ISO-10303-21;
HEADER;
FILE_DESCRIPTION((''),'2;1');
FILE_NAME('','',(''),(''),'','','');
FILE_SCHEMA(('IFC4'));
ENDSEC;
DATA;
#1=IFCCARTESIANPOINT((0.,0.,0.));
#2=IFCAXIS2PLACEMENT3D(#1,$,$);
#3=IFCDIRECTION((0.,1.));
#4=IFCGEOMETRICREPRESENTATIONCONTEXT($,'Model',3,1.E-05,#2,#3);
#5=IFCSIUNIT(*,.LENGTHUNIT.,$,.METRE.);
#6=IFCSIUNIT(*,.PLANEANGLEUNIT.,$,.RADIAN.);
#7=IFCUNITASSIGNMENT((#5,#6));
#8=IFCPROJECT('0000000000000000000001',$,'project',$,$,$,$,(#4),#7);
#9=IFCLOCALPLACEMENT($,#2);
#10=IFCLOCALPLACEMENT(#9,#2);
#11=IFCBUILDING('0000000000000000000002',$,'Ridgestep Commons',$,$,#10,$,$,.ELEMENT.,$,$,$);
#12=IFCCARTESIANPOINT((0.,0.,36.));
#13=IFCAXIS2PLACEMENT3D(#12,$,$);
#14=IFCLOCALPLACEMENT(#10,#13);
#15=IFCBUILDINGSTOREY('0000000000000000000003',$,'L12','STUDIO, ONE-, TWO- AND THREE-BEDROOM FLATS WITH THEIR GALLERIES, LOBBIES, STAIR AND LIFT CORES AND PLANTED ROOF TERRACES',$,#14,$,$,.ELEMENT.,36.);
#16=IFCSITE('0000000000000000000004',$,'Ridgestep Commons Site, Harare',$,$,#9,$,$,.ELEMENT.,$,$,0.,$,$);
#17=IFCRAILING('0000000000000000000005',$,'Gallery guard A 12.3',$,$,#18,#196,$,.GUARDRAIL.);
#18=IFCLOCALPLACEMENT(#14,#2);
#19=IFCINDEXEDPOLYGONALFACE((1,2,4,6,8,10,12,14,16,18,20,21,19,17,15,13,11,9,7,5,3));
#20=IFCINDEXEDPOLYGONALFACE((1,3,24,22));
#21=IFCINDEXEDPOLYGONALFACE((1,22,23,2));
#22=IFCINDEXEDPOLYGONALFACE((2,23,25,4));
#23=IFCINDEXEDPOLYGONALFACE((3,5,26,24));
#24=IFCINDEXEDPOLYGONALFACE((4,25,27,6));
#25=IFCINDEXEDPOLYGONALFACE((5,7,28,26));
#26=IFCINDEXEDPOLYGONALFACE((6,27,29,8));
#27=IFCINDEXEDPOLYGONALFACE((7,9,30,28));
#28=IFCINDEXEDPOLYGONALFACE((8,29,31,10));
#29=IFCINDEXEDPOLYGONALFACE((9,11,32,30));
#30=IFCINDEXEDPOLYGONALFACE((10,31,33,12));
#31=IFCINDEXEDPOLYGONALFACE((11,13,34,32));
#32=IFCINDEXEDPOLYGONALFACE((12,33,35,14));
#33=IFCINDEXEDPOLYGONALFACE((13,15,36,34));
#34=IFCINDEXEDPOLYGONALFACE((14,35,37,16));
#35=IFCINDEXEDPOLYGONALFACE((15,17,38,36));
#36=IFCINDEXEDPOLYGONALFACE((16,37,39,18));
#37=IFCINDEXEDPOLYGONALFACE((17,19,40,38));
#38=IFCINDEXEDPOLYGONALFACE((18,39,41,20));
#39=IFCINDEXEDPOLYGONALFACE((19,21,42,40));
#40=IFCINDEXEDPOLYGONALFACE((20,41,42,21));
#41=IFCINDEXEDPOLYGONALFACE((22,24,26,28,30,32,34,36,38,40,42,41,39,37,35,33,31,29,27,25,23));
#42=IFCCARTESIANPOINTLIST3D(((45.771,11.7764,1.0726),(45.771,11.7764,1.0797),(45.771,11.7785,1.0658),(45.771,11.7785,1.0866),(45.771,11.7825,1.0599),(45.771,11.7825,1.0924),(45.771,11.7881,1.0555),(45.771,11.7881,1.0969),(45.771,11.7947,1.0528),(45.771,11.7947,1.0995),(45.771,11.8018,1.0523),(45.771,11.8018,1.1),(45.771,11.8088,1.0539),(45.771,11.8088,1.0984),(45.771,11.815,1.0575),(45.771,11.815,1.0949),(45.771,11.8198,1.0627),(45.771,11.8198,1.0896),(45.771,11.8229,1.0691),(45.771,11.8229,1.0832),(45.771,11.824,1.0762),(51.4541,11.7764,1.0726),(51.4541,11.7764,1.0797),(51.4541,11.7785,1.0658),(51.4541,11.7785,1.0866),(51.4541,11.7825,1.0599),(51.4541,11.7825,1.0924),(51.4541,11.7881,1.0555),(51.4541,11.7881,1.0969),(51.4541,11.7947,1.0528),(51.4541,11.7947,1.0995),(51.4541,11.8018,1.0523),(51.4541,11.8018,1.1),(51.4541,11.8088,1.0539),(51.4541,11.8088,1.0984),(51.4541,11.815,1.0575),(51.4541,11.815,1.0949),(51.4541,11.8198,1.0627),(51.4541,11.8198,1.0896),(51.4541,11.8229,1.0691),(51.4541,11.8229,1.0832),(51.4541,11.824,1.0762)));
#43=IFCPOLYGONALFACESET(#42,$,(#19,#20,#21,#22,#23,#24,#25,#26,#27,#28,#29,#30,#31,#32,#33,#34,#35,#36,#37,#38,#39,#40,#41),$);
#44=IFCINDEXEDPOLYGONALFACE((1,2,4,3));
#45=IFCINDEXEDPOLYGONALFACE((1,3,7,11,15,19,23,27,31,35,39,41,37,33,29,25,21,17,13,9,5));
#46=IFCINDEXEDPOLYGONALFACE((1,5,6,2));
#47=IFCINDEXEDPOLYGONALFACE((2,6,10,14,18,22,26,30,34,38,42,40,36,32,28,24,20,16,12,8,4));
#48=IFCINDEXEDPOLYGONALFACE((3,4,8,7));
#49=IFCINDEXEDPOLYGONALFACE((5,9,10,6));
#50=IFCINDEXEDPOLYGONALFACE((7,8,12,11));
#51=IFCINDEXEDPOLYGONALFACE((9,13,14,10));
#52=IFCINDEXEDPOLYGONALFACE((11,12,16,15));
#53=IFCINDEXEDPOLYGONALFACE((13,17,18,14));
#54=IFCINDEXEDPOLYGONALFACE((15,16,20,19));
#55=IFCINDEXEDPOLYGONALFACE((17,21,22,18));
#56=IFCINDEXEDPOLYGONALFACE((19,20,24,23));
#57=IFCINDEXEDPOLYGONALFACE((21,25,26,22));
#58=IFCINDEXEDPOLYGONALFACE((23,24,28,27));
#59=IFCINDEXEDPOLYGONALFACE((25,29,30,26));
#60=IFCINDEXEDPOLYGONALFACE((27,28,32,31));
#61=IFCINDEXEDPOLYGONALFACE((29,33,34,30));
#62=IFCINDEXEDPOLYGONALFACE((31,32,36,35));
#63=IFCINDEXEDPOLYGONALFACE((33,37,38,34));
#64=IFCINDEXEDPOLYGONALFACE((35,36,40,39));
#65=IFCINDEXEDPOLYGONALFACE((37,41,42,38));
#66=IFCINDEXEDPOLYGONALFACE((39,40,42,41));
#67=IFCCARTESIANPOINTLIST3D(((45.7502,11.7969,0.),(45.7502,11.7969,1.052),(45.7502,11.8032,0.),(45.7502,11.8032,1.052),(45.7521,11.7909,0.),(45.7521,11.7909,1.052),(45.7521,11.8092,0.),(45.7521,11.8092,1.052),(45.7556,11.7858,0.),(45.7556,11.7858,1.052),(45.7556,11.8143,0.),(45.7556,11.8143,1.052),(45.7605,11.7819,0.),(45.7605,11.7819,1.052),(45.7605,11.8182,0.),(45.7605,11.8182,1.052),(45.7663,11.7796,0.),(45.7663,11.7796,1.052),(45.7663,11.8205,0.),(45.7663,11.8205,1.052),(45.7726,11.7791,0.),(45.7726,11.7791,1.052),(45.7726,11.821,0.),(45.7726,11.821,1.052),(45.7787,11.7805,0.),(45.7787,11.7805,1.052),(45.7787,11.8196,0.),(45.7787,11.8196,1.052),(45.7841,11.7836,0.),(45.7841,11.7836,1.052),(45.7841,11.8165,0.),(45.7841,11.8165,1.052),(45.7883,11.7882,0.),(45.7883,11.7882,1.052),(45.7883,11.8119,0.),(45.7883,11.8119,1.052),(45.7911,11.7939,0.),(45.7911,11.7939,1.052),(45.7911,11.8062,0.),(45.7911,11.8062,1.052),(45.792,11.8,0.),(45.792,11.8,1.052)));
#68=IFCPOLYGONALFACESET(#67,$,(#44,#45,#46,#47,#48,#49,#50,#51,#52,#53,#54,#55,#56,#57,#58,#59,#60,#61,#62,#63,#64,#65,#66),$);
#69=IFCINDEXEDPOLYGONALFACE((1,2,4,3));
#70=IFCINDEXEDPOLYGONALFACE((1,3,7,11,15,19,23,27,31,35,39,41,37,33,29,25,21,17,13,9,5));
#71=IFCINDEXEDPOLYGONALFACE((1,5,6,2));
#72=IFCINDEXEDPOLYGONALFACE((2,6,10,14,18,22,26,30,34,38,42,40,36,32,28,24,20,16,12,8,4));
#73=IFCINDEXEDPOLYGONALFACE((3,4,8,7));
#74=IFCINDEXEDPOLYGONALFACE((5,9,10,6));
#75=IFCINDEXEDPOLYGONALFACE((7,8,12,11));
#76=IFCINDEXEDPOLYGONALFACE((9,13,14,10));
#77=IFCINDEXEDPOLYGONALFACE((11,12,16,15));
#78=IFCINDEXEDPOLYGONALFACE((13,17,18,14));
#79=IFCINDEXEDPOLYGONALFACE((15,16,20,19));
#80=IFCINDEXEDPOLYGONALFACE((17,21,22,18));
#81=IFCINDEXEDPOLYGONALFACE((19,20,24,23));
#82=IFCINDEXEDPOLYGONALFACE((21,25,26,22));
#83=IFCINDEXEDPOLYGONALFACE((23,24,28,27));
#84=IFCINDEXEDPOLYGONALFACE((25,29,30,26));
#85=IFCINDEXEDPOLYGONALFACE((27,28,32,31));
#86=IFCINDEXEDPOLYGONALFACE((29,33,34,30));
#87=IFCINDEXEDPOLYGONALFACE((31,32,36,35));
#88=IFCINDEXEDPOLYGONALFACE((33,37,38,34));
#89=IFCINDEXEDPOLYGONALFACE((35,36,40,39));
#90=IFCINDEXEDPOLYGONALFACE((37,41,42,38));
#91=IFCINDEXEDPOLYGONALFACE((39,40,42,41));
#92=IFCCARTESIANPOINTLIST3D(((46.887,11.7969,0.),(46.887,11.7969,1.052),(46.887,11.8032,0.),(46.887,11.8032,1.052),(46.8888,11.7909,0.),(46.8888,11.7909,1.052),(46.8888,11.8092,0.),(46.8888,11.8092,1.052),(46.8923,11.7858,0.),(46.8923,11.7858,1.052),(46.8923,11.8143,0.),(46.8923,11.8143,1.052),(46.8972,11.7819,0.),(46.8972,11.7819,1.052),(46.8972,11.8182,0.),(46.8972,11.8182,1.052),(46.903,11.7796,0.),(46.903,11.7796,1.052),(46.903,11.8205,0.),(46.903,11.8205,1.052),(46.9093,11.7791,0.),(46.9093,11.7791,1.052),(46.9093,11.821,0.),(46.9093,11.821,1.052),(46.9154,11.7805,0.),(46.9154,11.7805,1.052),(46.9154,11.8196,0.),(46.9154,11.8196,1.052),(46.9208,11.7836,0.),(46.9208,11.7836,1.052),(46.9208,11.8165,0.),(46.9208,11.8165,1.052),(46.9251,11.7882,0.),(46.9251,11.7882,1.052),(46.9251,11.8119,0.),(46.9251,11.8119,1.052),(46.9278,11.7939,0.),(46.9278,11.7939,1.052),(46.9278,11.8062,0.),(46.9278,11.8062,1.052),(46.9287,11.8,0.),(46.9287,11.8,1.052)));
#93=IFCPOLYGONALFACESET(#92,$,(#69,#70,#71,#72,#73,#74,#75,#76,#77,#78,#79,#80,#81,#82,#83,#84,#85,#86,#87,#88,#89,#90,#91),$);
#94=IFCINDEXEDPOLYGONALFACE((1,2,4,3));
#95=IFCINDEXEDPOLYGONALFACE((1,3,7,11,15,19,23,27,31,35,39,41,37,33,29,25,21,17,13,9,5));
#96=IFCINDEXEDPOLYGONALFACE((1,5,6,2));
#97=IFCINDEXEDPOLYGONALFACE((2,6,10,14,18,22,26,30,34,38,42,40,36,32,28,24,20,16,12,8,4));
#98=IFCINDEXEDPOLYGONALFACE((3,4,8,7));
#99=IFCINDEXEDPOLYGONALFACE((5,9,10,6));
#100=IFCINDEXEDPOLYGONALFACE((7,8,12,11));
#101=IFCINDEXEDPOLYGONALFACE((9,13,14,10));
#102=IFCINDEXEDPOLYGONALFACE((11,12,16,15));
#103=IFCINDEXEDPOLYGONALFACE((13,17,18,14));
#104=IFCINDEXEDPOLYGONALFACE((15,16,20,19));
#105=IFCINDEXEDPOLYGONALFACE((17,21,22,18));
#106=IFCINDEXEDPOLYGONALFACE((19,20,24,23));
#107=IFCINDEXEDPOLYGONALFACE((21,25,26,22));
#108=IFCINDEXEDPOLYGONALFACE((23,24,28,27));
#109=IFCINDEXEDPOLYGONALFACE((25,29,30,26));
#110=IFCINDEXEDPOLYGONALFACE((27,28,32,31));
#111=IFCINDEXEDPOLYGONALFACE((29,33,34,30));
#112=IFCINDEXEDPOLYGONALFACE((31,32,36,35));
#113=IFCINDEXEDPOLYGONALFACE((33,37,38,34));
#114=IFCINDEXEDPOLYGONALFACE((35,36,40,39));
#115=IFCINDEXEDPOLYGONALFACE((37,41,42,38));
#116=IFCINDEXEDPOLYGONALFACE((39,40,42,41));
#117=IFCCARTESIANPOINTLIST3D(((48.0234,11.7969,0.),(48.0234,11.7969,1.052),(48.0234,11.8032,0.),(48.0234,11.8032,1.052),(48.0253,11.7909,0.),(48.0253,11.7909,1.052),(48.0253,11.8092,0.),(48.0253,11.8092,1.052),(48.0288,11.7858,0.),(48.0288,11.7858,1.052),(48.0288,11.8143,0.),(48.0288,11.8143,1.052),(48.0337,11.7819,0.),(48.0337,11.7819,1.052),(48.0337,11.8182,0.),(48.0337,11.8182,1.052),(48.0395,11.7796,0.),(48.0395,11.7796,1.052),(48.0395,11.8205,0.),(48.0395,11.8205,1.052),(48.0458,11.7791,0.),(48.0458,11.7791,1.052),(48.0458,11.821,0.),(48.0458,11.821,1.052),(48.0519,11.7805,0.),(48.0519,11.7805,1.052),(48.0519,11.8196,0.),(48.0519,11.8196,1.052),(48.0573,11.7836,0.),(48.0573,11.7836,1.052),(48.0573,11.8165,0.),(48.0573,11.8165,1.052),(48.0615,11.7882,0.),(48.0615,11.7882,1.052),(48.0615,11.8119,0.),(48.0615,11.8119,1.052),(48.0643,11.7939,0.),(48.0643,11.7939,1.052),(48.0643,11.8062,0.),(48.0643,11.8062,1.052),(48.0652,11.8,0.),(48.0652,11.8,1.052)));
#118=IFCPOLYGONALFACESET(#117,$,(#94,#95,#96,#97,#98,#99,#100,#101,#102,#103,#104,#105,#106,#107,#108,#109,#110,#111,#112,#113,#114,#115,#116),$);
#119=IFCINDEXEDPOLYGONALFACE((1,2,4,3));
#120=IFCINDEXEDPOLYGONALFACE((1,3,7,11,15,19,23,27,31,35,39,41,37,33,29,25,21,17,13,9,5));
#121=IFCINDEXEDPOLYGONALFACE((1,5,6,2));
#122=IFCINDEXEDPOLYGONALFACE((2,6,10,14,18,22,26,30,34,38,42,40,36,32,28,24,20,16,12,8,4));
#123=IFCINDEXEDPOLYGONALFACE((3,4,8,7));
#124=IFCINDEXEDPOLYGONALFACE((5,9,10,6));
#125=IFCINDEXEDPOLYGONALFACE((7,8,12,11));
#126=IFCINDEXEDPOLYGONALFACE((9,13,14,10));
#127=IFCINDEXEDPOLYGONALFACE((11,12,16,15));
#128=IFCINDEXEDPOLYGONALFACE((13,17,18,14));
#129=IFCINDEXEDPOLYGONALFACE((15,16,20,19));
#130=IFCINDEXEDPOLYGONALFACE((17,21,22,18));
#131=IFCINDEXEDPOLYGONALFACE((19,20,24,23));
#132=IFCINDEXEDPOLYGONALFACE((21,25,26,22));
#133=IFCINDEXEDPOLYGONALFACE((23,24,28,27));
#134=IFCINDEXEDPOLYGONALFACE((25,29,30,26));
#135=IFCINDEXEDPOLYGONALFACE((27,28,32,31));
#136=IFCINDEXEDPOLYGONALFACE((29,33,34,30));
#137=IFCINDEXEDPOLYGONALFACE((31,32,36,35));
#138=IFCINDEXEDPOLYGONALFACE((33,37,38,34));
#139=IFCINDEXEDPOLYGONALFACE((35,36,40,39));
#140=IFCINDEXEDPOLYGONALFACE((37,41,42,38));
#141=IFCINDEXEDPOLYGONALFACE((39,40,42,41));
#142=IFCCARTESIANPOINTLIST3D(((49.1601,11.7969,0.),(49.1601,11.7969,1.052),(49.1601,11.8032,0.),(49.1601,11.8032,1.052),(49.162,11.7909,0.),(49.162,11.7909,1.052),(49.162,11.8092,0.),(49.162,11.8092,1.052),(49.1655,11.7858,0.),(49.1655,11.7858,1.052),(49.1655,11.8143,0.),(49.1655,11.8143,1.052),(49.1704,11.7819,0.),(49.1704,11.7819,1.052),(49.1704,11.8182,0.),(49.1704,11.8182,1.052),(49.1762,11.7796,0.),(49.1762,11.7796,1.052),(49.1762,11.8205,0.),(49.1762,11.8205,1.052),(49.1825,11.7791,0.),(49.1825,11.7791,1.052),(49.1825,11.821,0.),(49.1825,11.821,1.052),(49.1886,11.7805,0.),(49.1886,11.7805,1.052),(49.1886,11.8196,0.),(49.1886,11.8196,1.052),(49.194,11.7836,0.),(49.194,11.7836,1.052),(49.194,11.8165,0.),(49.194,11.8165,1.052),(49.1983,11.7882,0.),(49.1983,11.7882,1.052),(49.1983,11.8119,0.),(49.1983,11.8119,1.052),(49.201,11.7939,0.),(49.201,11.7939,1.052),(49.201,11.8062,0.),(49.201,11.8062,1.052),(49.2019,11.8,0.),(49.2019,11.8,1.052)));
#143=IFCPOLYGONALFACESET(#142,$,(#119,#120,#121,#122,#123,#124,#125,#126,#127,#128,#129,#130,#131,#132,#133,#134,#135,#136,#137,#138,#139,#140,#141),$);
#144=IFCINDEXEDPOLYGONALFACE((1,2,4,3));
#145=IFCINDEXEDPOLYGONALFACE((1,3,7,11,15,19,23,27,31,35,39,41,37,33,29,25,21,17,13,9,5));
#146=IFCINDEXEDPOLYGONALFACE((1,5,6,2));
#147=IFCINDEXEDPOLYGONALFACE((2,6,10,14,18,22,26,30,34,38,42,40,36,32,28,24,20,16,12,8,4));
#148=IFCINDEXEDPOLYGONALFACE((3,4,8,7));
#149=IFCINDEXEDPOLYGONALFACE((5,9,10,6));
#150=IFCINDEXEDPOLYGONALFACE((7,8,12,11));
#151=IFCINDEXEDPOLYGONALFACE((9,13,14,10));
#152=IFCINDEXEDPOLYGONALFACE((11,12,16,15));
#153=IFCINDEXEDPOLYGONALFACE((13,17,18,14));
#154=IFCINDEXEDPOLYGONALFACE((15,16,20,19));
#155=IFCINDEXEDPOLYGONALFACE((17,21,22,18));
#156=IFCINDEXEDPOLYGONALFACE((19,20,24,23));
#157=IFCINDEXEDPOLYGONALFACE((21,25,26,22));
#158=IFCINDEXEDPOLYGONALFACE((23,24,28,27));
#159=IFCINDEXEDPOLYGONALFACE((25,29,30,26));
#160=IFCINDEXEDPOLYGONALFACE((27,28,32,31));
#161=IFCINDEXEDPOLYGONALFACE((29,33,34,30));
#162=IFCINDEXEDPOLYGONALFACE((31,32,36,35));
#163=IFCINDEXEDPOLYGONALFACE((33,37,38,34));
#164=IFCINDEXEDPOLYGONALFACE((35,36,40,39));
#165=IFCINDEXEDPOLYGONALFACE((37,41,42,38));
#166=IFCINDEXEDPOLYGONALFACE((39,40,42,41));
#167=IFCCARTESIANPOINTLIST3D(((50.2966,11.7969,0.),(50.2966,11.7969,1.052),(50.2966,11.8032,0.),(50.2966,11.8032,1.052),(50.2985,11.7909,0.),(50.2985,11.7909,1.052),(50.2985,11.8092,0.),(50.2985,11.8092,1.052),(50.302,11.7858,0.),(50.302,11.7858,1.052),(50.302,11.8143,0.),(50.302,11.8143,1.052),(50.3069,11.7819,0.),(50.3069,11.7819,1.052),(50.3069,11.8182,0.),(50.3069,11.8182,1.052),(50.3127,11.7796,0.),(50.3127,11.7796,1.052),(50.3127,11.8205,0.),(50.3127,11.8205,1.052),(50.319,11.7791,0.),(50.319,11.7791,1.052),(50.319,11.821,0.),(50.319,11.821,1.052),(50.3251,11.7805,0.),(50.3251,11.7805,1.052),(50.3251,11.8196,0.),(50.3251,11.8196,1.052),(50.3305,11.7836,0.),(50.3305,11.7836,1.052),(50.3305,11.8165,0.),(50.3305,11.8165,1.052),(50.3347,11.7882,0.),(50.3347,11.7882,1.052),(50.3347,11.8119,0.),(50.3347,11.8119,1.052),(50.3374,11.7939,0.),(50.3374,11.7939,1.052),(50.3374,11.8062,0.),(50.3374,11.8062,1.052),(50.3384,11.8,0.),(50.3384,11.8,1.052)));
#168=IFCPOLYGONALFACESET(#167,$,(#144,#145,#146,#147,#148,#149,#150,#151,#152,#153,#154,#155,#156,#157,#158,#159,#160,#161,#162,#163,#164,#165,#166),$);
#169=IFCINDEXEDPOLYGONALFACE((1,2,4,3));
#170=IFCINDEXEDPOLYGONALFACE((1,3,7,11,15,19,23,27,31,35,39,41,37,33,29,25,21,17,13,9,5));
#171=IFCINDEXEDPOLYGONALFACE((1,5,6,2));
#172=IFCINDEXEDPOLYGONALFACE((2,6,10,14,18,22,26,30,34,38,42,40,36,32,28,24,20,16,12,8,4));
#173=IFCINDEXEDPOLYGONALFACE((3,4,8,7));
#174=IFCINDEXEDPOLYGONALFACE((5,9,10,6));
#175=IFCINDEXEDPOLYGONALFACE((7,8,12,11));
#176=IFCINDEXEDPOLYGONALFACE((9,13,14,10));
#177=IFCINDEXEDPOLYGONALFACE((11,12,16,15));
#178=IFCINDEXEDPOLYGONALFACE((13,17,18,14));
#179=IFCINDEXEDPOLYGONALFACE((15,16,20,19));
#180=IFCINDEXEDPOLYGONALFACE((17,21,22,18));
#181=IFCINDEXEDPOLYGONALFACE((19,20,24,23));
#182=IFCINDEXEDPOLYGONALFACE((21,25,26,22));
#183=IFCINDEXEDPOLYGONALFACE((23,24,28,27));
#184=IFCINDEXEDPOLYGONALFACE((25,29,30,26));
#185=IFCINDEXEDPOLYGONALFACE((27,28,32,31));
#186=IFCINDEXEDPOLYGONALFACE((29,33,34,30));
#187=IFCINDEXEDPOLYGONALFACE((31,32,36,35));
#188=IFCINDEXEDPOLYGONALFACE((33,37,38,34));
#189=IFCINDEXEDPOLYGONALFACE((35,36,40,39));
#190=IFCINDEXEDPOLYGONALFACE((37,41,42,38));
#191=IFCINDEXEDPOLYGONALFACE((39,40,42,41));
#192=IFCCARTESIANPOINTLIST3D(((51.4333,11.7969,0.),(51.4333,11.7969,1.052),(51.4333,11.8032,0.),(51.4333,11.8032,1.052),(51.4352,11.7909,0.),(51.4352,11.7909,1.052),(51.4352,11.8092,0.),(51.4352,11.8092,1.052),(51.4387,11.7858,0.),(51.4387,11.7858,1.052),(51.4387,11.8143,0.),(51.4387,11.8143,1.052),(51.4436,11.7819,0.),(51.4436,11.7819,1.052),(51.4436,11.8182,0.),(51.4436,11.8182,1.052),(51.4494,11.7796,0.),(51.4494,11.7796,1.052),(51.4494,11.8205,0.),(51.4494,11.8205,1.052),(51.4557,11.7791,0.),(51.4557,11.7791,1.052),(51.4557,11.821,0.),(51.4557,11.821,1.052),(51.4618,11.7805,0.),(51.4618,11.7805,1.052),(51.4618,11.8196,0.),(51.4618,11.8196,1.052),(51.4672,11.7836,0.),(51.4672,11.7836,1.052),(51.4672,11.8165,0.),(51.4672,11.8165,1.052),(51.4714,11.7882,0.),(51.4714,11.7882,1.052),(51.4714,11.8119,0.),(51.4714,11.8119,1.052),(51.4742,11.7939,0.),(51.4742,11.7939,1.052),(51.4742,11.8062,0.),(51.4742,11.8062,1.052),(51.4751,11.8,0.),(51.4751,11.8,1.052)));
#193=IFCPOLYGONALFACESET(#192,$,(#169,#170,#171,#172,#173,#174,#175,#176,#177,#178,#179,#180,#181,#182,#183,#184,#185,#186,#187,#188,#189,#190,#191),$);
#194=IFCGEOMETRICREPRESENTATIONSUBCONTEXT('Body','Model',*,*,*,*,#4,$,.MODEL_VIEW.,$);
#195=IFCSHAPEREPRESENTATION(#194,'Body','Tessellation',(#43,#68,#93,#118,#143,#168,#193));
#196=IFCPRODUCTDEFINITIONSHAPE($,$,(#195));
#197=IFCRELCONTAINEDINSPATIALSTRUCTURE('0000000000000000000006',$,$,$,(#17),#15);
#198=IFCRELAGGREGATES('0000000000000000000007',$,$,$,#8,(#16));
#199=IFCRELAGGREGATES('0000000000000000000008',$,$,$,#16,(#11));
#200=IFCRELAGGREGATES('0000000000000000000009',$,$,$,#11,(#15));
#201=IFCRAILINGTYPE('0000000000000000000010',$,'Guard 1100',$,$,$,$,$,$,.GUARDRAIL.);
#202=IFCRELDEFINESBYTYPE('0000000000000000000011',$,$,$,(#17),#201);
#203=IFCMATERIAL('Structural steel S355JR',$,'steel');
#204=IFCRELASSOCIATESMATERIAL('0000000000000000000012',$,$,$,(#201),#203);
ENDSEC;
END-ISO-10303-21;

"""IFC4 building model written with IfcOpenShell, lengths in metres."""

from ifc_helpers import new_model, si_unit, direction, frame, origin, origin_2d, place, context, subcontext, project, spatial, circle, extrude, material, type_object, element, save


model = new_model("IFC4")

# Units and contexts
model_context = context("Model", 3, precision=1e-05, world=origin(), true_north=direction((0.0, 1.0)))
body_context = subcontext(model_context, "Body", "Model", "MODEL_VIEW")
ifc_project = project(units=[si_unit("LENGTHUNIT", "METRE"), si_unit("PLANEANGLEUNIT", "RADIAN")], contexts=[model_context])

# Site, building, storey
site_placement = place(None, origin())
site = spatial("IfcSite", under=ifc_project, at=site_placement, Name="Ridgestep Commons Site, Harare", CompositionType="ELEMENT", RefElevation=0.0)
building_placement = place(site_placement, origin())
building = spatial("IfcBuilding", under=site, at=building_placement, Name="Ridgestep Commons", CompositionType="ELEMENT")
storey_placement = place(building_placement, frame((0.0, 0.0, 36.0)))
storey = spatial("IfcBuildingStorey", under=building, at=storey_placement, Name="L12", Description="STUDIO, ONE-, TWO- AND THREE-BEDROOM FLATS WITH THEIR GALLERIES, LOBBIES, STAIR AND LIFT CORES AND PLANTED ROOF TERRACES", CompositionType="ELEMENT", Elevation=36.0)

# Railing
ifc_material_1 = material(Name="Structural steel S355JR", Category="steel")
railing_type_1 = type_object("IfcRailingType", Name="Guard 1100", PredefinedType="GUARDRAIL", material=ifc_material_1)
railing_1_placement = place(storey_placement, frame((45.771, 11.8, 0.0)))
element("IfcRailing", 1, at=railing_1_placement, inside=storey, type_object=railing_type_1, Name="Gallery guard A 12.3", PredefinedType="GUARDRAIL", context=body_context, shape_type="SweptSolid", body=[
    extrude(circle(Radius=0.0239, at=origin_2d()), frame((0.0, 0.0, 1.0762), z_axis=(1.0, 0.0, 0.0), x_axis=(0.0, 1.0, 0.0)), (0.0, 0.0, 1.0), 5.6831),
    extrude(circle(Radius=0.021, at=origin_2d()), origin(), (0.0, 0.0, 1.0), 1.052),
    extrude(circle(Radius=0.021, at=origin_2d()), frame((1.1367, 0.0, 0.0)), (0.0, 0.0, 1.0), 1.052),
    extrude(circle(Radius=0.021, at=origin_2d()), frame((2.2732, 0.0, 0.0)), (0.0, 0.0, 1.0), 1.052),
    extrude(circle(Radius=0.021, at=origin_2d()), frame((3.4099, 0.0, 0.0)), (0.0, 0.0, 1.0), 1.052),
    extrude(circle(Radius=0.021, at=origin_2d()), frame((4.5464, 0.0, 0.0)), (0.0, 0.0, 1.0), 1.052),
    extrude(circle(Radius=0.021, at=origin_2d()), frame((5.6831, 0.0, 0.0)), (0.0, 0.0, 1.0), 1.052),
])

save(model, "model.ifc")
